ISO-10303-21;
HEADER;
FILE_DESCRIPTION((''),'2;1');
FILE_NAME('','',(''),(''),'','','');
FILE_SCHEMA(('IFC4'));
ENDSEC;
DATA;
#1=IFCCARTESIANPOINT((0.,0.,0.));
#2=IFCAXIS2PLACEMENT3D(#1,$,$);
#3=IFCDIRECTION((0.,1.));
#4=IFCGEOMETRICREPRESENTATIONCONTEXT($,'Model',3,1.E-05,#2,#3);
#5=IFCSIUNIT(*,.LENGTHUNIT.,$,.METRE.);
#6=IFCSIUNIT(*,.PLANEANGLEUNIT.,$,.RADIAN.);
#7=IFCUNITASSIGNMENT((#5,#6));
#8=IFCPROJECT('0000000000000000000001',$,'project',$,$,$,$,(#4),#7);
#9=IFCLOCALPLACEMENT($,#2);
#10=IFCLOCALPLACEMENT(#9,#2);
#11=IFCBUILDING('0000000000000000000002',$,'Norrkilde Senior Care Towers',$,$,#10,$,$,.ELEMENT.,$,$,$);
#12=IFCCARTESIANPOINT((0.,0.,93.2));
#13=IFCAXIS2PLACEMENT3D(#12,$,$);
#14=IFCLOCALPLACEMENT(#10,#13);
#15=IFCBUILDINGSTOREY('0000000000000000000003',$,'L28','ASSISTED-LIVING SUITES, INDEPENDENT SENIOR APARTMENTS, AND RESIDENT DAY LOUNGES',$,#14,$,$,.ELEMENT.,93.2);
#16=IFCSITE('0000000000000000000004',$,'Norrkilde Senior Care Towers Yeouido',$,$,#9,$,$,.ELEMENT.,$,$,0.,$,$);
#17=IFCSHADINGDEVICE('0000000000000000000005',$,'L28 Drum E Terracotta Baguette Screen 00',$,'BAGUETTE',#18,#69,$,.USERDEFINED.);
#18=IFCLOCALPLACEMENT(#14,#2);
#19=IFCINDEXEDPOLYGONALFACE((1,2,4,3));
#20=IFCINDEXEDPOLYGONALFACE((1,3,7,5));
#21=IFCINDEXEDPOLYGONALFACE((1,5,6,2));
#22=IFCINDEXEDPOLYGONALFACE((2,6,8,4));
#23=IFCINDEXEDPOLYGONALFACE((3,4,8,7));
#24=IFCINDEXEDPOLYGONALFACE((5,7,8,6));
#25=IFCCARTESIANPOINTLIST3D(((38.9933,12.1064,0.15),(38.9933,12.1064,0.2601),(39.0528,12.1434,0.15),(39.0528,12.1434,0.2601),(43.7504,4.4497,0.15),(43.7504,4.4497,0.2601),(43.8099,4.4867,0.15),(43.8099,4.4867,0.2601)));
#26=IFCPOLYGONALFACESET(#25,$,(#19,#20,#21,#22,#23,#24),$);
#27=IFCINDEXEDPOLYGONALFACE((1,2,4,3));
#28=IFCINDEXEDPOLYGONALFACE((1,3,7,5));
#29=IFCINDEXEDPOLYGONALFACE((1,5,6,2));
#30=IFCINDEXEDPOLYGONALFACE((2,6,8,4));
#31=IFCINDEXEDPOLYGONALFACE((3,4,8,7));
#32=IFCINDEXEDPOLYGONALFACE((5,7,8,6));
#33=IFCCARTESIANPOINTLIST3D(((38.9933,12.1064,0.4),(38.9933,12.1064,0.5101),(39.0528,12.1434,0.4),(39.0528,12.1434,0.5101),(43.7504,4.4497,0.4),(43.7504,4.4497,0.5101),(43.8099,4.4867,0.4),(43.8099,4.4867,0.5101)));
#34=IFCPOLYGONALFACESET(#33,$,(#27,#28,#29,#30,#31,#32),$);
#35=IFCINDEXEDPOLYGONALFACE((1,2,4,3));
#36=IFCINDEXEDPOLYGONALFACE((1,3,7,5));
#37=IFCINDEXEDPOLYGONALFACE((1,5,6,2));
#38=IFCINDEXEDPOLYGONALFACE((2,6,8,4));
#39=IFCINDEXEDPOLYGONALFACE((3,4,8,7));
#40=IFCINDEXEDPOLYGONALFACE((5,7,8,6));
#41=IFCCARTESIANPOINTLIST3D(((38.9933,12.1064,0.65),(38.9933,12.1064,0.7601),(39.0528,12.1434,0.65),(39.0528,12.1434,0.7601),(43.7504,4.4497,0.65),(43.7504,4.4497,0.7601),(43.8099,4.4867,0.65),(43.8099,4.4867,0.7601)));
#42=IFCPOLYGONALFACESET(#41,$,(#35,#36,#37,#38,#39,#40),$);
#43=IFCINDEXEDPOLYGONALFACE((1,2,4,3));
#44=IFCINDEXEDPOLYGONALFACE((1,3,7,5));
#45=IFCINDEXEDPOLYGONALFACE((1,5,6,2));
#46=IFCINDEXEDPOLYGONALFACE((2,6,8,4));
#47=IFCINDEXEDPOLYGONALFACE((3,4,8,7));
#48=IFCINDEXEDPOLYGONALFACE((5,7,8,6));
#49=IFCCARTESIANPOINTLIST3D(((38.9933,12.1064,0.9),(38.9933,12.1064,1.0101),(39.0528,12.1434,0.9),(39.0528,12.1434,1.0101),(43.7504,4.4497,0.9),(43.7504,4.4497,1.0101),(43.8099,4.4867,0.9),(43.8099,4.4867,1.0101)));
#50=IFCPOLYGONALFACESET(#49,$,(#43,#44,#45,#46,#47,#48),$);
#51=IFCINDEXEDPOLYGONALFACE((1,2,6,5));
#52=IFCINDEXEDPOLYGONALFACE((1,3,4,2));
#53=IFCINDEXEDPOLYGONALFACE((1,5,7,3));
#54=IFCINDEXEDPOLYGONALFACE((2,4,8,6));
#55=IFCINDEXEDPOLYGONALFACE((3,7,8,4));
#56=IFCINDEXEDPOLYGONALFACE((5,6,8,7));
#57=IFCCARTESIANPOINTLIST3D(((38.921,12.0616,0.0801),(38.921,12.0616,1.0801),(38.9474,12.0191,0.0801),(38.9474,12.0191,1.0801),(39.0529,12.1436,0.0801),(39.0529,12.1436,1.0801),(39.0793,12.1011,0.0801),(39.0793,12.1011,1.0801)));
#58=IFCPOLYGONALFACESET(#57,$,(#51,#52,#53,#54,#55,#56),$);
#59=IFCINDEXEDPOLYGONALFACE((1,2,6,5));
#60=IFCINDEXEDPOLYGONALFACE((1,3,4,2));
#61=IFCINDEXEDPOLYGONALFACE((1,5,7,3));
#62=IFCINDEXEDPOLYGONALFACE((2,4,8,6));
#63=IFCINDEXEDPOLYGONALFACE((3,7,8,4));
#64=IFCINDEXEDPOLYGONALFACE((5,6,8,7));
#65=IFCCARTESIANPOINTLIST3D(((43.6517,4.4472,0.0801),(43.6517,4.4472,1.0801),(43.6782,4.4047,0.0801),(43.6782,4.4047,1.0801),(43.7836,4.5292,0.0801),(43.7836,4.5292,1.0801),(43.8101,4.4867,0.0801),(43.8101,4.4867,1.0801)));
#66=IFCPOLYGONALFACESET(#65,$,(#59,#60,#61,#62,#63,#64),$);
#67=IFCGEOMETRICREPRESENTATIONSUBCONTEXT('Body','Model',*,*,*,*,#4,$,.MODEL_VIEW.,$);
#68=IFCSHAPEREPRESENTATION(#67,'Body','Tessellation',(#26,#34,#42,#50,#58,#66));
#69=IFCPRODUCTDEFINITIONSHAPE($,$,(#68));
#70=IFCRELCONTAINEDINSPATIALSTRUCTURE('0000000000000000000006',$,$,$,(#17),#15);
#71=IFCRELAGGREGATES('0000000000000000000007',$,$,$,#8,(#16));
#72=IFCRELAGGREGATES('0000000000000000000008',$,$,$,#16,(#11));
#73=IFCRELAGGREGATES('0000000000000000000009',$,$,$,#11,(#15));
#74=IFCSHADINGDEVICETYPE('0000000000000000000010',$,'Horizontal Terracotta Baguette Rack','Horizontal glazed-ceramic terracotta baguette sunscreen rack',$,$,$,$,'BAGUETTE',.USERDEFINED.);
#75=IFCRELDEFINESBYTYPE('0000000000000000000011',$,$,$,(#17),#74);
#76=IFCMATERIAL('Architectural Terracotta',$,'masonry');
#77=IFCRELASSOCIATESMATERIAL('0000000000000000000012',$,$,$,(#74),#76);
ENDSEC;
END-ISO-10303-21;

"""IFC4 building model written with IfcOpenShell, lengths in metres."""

from ifc_helpers import new_model, si_unit, direction, frame, origin, origin_2d, place, context, subcontext, project, spatial, rectangle, extrude, source, transform, mapped, material, type_object, type_shapes, element, save


model = new_model("IFC4")

# Units and contexts
model_context = context("Model", 3, precision=1e-05, world=origin(), true_north=direction((0.0, 1.0)))
body_context = subcontext(model_context, "Body", "Model", "MODEL_VIEW")
ifc_project = project(units=[si_unit("LENGTHUNIT", "METRE"), si_unit("PLANEANGLEUNIT", "RADIAN")], contexts=[model_context])

# Site, building, storey
site_placement = place(None, origin())
site = spatial("IfcSite", under=ifc_project, at=site_placement, Name="Norrkilde Senior Care Towers Yeouido", CompositionType="ELEMENT", RefElevation=0.0)
building_placement = place(site_placement, origin())
building = spatial("IfcBuilding", under=site, at=building_placement, Name="Norrkilde Senior Care Towers", CompositionType="ELEMENT")
storey_placement = place(building_placement, frame((0.0, 0.0, 93.2)))
storey = spatial("IfcBuildingStorey", under=building, at=storey_placement, Name="L28", Description="ASSISTED-LIVING SUITES, INDEPENDENT SENIOR APARTMENTS, AND RESIDENT DAY LOUNGES", CompositionType="ELEMENT", Elevation=93.2)

# Shading device
ifc_material_1 = material(Name="Architectural Terracotta", Category="masonry")
shading_device_type = type_object("IfcShadingDeviceType", Name="Horizontal Terracotta Baguette Rack", Description="Horizontal glazed-ceramic terracotta baguette sunscreen rack", ElementType="BAGUETTE", PredefinedType="USERDEFINED", material=ifc_material_1)
shared_shape_1 = source(origin(), body_context, "Body", "SweptSolid", [
    extrude(rectangle(XDim=0.0701, YDim=0.1101, at=origin_2d()), frame((0.0, 0.0901, 0.125), z_axis=(1.0, 0.0, 0.0), x_axis=(0.0, 1.0, 0.0)), (0.0, 0.0, 1.0), 9.0142),
    extrude(rectangle(XDim=0.0701, YDim=0.1101, at=origin_2d()), frame((0.0, 0.0901, 0.375), z_axis=(1.0, 0.0, 0.0), x_axis=(0.0, 1.0, 0.0)), (0.0, 0.0, 1.0), 9.0142),
    extrude(rectangle(XDim=0.0701, YDim=0.1101, at=origin_2d()), frame((0.0, 0.0901, 0.625), z_axis=(1.0, 0.0, 0.0), x_axis=(0.0, 1.0, 0.0)), (0.0, 0.0, 1.0), 9.0142),
    extrude(rectangle(XDim=0.0701, YDim=0.1101, at=origin_2d()), frame((0.0, 0.0901, 0.875), z_axis=(1.0, 0.0, 0.0), x_axis=(0.0, 1.0, 0.0)), (0.0, 0.0, 1.0), 9.0142),
    extrude(rectangle(XDim=0.05, YDim=0.1553, at=origin_2d()), frame((0.0249, 0.0476, 0.0)), (0.0, 0.0, 1.0), 1.0),
    extrude(rectangle(XDim=0.05, YDim=0.1553, at=origin_2d()), frame((8.9893, 0.0476, 0.0)), (0.0, 0.0, 1.0), 1.0),
])
type_shapes(shading_device_type, [shared_shape_1])
shading_device_placement = place(storey_placement, frame((38.9465, 12.0774, 0.0801), z_axis=(0.0, 0.0, 1.0), x_axis=(0.527734, -0.849412, 0.0)))
element("IfcShadingDevice", 1, at=shading_device_placement, inside=storey, type_object=shading_device_type, Name="L28 Drum E Terracotta Baguette Screen 00", ObjectType="BAGUETTE", PredefinedType="USERDEFINED", context=body_context, shape_type="MappedRepresentation", body=[
    mapped(shared_shape_1, transform((0.0, 0.0, 0.0), x_axis=(1.0, 0.0, 0.0), y_axis=(0.0, 1.0, 0.0), z_axis=(0.0, 0.0, 1.0), scale=1.0)),
])

save(model, "model.ifc")
